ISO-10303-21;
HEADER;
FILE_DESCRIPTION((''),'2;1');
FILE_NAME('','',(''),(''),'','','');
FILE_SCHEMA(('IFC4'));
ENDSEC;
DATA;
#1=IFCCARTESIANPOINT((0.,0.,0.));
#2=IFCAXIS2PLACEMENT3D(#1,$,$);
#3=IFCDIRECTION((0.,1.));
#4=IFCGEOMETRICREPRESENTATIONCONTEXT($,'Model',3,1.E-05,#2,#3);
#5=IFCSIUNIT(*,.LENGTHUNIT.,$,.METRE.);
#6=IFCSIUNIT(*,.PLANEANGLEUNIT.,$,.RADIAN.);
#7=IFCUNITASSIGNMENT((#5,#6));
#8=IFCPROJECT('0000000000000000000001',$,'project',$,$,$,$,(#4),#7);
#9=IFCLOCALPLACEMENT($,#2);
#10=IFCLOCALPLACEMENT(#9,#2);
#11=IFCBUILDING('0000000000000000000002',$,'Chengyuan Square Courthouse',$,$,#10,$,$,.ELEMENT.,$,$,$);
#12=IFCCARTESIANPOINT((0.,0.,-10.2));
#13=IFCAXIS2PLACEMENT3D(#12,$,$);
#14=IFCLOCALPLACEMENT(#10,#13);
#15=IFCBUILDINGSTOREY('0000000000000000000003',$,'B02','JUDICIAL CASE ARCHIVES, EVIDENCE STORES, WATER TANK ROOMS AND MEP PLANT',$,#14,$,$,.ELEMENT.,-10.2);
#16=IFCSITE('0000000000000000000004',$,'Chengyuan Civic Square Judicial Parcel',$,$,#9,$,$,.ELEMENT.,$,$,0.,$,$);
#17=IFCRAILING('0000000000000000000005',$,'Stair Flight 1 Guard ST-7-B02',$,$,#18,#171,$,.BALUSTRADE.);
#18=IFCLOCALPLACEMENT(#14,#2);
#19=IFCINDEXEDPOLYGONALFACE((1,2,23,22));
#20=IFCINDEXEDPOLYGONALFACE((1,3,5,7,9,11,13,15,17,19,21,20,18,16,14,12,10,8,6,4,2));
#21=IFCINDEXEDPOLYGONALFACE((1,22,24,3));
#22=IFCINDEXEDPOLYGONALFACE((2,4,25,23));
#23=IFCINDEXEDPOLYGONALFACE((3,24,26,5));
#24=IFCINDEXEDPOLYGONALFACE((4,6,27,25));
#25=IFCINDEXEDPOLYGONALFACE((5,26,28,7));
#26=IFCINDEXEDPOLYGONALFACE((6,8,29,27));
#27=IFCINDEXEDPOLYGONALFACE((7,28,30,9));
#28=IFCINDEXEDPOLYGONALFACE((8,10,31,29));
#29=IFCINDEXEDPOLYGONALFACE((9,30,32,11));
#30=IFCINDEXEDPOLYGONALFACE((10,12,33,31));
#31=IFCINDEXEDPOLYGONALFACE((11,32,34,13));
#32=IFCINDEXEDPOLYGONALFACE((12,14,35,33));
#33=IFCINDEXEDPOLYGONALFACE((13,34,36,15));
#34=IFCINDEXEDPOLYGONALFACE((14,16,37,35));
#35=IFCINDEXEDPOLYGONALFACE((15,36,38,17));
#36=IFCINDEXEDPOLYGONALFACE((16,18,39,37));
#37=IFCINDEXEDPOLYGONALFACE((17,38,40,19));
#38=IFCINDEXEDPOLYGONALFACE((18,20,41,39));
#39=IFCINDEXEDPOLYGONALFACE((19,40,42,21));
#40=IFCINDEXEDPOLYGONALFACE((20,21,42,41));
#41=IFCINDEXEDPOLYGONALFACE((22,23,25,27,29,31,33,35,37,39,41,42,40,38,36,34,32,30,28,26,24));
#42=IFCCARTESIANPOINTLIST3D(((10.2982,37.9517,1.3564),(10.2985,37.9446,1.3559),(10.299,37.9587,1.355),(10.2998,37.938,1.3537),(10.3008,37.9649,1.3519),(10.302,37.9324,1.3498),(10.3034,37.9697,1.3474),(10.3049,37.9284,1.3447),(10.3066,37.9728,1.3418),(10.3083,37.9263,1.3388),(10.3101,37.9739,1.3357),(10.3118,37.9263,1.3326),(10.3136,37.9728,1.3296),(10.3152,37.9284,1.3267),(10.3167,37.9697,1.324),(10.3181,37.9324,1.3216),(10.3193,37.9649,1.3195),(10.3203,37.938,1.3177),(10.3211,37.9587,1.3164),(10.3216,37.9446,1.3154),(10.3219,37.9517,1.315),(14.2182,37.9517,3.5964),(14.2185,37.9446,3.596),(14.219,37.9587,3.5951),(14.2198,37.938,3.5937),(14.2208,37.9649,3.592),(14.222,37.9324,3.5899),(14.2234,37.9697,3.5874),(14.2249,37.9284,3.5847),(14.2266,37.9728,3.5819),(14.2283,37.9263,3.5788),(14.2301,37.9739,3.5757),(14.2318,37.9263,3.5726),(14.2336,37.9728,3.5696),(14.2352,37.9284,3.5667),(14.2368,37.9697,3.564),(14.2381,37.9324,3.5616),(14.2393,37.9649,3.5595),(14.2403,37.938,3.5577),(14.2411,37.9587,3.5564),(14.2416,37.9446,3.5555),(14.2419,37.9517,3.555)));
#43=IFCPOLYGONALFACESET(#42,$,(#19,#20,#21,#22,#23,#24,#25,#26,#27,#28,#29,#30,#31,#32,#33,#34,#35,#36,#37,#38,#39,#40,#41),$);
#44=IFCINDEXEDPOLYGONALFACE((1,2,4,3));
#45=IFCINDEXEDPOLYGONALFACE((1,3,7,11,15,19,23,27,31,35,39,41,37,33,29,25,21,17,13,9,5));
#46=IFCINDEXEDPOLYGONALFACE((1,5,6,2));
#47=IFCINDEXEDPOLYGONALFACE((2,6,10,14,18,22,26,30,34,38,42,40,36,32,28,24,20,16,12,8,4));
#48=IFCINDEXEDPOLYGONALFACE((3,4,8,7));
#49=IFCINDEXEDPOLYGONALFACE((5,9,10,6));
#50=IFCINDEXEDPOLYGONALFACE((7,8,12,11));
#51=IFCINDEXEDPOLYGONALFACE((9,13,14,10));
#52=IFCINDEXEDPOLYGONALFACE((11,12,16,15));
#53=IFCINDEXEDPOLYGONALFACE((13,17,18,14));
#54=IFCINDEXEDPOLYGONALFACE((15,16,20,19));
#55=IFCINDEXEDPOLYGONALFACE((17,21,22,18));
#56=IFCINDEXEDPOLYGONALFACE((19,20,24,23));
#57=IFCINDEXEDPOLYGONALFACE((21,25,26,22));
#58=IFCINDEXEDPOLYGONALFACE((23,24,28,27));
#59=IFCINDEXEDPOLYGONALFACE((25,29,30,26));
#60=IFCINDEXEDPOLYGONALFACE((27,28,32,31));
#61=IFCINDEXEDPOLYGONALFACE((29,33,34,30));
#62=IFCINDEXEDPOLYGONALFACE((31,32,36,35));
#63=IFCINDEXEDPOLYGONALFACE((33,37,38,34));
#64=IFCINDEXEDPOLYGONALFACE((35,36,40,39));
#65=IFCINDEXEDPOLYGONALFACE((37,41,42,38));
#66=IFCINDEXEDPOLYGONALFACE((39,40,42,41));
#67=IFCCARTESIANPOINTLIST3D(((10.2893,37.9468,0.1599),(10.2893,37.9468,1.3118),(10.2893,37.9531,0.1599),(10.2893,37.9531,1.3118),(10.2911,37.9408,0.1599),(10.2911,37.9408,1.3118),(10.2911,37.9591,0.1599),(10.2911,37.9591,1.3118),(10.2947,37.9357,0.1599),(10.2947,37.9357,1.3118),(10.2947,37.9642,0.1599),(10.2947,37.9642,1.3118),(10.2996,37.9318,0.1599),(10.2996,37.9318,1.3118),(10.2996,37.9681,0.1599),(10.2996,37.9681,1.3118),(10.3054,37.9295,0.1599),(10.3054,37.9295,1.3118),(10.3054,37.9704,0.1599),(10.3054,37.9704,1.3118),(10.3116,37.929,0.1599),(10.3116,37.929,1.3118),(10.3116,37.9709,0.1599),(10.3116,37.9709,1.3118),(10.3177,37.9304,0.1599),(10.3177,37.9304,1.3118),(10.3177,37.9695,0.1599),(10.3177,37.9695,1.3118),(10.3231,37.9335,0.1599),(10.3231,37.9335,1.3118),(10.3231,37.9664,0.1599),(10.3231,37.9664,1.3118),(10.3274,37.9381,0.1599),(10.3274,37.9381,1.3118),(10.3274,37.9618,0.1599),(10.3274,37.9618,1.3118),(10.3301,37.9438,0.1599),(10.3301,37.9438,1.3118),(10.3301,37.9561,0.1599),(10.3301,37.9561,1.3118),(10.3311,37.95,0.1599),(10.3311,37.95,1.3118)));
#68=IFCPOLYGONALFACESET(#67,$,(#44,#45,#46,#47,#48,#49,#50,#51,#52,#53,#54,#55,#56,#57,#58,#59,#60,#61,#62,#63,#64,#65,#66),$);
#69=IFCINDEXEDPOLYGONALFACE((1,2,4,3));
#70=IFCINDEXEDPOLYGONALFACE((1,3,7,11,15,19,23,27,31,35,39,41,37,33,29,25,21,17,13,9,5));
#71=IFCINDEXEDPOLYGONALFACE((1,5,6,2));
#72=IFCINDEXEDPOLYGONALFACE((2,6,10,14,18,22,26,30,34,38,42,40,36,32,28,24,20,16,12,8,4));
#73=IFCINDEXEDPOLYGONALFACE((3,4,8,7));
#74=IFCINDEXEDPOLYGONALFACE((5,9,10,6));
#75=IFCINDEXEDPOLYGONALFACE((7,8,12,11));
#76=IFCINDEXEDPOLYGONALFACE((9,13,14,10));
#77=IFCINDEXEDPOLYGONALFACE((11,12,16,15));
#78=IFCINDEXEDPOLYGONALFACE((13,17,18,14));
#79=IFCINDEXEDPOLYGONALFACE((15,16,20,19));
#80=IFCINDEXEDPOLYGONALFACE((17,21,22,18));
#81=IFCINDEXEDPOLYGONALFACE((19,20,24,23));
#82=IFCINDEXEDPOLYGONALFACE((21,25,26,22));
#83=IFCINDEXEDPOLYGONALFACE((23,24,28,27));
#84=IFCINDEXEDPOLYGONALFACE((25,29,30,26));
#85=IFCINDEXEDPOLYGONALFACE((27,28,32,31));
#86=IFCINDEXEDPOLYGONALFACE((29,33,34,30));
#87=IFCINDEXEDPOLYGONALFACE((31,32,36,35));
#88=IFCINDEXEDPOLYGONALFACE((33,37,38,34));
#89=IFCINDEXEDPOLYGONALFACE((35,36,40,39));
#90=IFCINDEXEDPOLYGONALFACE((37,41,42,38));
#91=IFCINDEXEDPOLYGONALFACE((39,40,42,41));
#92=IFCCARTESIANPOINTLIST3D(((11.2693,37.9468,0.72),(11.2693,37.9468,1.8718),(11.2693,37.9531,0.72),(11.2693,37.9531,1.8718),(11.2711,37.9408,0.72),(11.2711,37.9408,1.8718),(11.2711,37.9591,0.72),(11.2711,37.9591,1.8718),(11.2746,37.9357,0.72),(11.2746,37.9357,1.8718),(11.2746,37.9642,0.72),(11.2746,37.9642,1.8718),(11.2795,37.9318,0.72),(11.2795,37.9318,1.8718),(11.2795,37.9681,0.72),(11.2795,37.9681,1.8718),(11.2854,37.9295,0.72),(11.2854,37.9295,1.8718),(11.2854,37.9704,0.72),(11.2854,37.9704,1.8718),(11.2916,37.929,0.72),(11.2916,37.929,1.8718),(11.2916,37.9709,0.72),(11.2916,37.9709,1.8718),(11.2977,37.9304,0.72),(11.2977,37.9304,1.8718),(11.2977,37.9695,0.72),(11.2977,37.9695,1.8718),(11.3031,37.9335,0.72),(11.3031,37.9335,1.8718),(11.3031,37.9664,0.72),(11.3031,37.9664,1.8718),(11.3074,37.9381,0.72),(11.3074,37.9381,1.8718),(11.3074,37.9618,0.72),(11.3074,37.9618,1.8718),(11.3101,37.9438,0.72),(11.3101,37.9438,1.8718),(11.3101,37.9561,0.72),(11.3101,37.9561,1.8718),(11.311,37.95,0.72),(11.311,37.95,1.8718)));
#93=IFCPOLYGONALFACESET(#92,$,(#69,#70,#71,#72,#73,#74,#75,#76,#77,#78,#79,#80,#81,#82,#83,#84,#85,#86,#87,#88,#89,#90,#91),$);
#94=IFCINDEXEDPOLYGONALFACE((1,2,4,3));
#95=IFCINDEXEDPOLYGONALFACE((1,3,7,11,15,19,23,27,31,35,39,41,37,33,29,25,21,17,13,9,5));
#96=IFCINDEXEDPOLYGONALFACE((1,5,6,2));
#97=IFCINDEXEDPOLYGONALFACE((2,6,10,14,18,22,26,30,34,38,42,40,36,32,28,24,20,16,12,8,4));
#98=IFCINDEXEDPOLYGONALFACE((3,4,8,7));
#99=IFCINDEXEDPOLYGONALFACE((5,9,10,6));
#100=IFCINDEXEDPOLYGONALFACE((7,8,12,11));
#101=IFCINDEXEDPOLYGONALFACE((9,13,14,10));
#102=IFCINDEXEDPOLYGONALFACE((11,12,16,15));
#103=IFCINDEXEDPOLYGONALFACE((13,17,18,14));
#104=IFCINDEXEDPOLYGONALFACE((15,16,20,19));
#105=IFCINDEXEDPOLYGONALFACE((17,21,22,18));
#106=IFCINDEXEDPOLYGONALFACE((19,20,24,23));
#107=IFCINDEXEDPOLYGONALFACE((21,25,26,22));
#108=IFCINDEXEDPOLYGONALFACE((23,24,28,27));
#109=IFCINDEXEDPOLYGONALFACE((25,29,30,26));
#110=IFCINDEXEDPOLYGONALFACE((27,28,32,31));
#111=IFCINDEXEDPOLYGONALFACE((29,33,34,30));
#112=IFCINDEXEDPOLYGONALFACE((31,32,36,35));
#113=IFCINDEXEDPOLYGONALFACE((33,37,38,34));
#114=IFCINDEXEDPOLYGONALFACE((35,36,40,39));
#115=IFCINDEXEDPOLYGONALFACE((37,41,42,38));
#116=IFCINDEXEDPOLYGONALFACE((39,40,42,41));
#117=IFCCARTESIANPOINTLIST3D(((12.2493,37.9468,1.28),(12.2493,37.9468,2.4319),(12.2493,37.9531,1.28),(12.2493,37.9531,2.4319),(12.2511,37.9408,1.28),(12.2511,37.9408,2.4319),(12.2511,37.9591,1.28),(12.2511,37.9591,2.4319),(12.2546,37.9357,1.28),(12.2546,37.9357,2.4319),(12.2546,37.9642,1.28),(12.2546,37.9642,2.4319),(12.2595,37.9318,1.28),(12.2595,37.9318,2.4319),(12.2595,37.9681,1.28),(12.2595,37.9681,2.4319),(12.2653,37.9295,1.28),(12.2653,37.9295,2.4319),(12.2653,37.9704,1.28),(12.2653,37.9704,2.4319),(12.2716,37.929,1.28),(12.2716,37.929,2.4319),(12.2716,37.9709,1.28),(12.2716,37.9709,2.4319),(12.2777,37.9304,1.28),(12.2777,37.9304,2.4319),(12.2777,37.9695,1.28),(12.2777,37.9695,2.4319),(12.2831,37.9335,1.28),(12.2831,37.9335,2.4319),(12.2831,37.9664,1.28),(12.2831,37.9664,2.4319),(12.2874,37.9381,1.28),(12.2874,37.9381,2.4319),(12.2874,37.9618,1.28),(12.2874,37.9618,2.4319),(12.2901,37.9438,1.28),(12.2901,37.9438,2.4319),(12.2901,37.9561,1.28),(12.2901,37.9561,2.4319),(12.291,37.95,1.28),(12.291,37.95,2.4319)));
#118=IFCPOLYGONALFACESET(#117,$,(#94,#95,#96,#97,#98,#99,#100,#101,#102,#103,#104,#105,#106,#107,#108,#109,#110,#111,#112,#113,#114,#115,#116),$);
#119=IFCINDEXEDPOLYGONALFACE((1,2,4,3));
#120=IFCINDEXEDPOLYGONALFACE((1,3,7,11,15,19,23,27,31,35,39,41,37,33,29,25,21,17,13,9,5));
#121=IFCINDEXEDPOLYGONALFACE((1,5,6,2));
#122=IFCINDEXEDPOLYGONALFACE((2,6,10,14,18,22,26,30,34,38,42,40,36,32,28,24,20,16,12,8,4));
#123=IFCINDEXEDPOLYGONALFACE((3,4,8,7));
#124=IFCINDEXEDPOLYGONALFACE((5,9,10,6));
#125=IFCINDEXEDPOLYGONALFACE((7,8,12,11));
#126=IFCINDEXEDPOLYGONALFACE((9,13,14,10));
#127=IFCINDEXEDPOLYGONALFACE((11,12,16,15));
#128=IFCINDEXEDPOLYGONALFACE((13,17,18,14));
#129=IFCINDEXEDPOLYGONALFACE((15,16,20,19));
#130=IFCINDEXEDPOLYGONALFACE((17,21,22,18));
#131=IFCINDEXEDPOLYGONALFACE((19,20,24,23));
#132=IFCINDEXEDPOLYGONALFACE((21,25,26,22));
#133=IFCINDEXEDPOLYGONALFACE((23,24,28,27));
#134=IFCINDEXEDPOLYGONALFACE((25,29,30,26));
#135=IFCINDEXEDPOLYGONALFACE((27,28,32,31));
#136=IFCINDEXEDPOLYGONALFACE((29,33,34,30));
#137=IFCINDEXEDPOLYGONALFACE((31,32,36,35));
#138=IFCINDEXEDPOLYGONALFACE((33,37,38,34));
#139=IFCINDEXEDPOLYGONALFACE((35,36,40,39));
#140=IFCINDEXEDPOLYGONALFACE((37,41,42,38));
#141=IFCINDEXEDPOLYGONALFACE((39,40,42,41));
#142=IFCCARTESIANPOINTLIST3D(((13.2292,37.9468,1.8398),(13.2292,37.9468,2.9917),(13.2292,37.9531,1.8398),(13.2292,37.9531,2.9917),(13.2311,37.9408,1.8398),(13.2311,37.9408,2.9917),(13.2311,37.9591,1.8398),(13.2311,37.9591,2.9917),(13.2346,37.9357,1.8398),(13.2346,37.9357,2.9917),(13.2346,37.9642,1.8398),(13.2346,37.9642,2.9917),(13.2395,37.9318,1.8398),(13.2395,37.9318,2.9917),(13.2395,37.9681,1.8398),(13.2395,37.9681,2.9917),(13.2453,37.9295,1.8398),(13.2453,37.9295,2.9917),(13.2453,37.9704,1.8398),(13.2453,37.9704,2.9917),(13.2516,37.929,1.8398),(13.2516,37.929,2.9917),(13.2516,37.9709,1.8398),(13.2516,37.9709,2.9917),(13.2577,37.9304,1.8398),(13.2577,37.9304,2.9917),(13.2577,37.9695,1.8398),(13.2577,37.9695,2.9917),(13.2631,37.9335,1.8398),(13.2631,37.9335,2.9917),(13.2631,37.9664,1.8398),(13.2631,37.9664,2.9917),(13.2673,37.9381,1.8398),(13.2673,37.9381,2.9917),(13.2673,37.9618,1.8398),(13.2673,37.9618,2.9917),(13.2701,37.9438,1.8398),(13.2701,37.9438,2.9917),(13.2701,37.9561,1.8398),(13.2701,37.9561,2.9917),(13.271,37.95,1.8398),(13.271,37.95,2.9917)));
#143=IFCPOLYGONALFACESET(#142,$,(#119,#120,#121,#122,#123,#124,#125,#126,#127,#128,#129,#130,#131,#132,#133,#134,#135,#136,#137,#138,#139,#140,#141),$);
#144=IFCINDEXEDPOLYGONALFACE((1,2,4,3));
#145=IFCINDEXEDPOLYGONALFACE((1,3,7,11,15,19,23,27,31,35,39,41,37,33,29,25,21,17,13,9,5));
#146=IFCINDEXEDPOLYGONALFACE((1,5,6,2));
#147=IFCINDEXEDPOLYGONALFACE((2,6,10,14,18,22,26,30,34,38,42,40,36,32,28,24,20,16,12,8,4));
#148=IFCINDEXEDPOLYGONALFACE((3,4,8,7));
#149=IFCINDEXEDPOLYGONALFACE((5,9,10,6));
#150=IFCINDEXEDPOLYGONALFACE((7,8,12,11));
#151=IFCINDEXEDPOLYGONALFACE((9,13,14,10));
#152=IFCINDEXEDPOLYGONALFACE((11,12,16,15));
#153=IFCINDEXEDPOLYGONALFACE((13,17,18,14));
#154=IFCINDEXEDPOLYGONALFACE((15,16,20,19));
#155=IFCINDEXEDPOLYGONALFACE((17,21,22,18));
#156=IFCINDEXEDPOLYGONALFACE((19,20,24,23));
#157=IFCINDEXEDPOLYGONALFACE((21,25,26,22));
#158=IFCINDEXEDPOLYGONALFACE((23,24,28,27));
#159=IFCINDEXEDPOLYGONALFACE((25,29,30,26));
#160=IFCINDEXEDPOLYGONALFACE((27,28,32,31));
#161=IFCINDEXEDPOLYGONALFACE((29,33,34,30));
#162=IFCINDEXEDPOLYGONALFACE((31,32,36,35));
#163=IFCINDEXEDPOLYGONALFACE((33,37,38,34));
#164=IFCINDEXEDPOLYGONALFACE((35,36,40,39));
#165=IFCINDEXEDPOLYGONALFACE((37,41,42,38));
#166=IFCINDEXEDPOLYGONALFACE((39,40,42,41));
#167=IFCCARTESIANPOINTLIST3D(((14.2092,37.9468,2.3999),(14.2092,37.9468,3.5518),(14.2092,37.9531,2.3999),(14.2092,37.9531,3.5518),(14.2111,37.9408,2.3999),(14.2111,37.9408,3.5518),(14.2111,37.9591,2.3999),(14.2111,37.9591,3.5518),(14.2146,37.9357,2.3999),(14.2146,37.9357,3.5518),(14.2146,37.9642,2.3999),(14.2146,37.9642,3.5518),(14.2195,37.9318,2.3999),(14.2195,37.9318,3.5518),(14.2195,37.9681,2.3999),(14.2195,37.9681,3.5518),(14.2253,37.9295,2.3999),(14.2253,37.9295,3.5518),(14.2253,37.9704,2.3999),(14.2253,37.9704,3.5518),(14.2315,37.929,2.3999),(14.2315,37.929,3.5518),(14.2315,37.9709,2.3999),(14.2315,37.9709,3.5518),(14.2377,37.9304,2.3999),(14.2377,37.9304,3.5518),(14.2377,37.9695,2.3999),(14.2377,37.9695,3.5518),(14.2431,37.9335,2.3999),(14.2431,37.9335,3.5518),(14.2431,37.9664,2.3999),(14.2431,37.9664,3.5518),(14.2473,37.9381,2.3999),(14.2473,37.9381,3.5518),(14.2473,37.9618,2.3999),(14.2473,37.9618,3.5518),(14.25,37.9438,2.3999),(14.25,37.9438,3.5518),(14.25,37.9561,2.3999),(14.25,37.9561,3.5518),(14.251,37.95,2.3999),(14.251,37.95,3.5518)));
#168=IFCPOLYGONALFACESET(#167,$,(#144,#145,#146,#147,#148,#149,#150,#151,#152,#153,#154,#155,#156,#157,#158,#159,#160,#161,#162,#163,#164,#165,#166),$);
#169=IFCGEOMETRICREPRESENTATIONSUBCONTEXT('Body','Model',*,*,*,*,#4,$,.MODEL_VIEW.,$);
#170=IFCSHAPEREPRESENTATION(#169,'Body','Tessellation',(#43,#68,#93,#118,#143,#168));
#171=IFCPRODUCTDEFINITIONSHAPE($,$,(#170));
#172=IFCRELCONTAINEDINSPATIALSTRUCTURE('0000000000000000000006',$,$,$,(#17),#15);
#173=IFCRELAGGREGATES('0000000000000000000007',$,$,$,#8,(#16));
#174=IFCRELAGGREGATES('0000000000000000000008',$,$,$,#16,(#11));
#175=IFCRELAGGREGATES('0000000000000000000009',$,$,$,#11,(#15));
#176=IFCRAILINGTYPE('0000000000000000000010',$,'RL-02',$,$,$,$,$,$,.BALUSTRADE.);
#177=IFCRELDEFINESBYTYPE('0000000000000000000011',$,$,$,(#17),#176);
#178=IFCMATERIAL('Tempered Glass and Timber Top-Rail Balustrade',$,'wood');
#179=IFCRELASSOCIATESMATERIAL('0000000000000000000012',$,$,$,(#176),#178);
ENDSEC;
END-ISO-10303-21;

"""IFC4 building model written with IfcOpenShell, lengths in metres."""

from ifc_helpers import new_model, si_unit, direction, frame, origin, origin_2d, place, context, subcontext, project, spatial, circle, extrude, material, type_object, element, save


model = new_model("IFC4")

# Units and contexts
model_context = context("Model", 3, precision=1e-05, world=origin(), true_north=direction((0.0, 1.0)))
body_context = subcontext(model_context, "Body", "Model", "MODEL_VIEW")
ifc_project = project(units=[si_unit("LENGTHUNIT", "METRE"), si_unit("PLANEANGLEUNIT", "RADIAN")], contexts=[model_context])

# Site, building, storey
site_placement = place(None, origin())
site = spatial("IfcSite", under=ifc_project, at=site_placement, Name="Chengyuan Civic Square Judicial Parcel", CompositionType="ELEMENT", RefElevation=0.0)
building_placement = place(site_placement, origin())
building = spatial("IfcBuilding", under=site, at=building_placement, Name="Chengyuan Square Courthouse", CompositionType="ELEMENT")
storey_placement = place(building_placement, frame((0.0, 0.0, -10.2)))
storey = spatial("IfcBuildingStorey", under=building, at=storey_placement, Name="B02", Description="JUDICIAL CASE ARCHIVES, EVIDENCE STORES, WATER TANK ROOMS AND MEP PLANT", CompositionType="ELEMENT", Elevation=-10.2)

# Railing
ifc_material_1 = material(Name="Tempered Glass and Timber Top-Rail Balustrade", Category="wood")
railing_type_1 = type_object("IfcRailingType", Name="RL-02", PredefinedType="BALUSTRADE", material=ifc_material_1)
railing_1_placement = place(storey_placement, frame((10.3101, 37.95, 0.1599)))
element("IfcRailing", 1, at=railing_1_placement, inside=storey, type_object=railing_type_1, Name="Stair Flight 1 Guard ST-7-B02", PredefinedType="BALUSTRADE", context=body_context, shape_type="SweptSolid", body=[
    extrude(circle(Radius=0.0239, at=origin_2d()), frame((0.0, 0.0, 1.1758), z_axis=(0.86824, 0.0, 0.496145), x_axis=(0.0, 1.0, 0.0)), (0.0, 0.0, 1.0), 4.5149),
    extrude(circle(Radius=0.021, at=origin_2d()), origin(), (0.0, 0.0, 1.0), 1.1519),
    extrude(circle(Radius=0.021, at=origin_2d()), frame((0.98, 0.0, 0.5601)), (0.0, 0.0, 1.0), 1.1519),
    extrude(circle(Radius=0.021, at=origin_2d()), frame((1.96, 0.0, 1.1201)), (0.0, 0.0, 1.0), 1.1519),
    extrude(circle(Radius=0.021, at=origin_2d()), frame((2.9399, 0.0, 1.6799)), (0.0, 0.0, 1.0), 1.1519),
    extrude(circle(Radius=0.021, at=origin_2d()), frame((3.9199, 0.0, 2.24)), (0.0, 0.0, 1.0), 1.1519),
])

save(model, "model.ifc")
